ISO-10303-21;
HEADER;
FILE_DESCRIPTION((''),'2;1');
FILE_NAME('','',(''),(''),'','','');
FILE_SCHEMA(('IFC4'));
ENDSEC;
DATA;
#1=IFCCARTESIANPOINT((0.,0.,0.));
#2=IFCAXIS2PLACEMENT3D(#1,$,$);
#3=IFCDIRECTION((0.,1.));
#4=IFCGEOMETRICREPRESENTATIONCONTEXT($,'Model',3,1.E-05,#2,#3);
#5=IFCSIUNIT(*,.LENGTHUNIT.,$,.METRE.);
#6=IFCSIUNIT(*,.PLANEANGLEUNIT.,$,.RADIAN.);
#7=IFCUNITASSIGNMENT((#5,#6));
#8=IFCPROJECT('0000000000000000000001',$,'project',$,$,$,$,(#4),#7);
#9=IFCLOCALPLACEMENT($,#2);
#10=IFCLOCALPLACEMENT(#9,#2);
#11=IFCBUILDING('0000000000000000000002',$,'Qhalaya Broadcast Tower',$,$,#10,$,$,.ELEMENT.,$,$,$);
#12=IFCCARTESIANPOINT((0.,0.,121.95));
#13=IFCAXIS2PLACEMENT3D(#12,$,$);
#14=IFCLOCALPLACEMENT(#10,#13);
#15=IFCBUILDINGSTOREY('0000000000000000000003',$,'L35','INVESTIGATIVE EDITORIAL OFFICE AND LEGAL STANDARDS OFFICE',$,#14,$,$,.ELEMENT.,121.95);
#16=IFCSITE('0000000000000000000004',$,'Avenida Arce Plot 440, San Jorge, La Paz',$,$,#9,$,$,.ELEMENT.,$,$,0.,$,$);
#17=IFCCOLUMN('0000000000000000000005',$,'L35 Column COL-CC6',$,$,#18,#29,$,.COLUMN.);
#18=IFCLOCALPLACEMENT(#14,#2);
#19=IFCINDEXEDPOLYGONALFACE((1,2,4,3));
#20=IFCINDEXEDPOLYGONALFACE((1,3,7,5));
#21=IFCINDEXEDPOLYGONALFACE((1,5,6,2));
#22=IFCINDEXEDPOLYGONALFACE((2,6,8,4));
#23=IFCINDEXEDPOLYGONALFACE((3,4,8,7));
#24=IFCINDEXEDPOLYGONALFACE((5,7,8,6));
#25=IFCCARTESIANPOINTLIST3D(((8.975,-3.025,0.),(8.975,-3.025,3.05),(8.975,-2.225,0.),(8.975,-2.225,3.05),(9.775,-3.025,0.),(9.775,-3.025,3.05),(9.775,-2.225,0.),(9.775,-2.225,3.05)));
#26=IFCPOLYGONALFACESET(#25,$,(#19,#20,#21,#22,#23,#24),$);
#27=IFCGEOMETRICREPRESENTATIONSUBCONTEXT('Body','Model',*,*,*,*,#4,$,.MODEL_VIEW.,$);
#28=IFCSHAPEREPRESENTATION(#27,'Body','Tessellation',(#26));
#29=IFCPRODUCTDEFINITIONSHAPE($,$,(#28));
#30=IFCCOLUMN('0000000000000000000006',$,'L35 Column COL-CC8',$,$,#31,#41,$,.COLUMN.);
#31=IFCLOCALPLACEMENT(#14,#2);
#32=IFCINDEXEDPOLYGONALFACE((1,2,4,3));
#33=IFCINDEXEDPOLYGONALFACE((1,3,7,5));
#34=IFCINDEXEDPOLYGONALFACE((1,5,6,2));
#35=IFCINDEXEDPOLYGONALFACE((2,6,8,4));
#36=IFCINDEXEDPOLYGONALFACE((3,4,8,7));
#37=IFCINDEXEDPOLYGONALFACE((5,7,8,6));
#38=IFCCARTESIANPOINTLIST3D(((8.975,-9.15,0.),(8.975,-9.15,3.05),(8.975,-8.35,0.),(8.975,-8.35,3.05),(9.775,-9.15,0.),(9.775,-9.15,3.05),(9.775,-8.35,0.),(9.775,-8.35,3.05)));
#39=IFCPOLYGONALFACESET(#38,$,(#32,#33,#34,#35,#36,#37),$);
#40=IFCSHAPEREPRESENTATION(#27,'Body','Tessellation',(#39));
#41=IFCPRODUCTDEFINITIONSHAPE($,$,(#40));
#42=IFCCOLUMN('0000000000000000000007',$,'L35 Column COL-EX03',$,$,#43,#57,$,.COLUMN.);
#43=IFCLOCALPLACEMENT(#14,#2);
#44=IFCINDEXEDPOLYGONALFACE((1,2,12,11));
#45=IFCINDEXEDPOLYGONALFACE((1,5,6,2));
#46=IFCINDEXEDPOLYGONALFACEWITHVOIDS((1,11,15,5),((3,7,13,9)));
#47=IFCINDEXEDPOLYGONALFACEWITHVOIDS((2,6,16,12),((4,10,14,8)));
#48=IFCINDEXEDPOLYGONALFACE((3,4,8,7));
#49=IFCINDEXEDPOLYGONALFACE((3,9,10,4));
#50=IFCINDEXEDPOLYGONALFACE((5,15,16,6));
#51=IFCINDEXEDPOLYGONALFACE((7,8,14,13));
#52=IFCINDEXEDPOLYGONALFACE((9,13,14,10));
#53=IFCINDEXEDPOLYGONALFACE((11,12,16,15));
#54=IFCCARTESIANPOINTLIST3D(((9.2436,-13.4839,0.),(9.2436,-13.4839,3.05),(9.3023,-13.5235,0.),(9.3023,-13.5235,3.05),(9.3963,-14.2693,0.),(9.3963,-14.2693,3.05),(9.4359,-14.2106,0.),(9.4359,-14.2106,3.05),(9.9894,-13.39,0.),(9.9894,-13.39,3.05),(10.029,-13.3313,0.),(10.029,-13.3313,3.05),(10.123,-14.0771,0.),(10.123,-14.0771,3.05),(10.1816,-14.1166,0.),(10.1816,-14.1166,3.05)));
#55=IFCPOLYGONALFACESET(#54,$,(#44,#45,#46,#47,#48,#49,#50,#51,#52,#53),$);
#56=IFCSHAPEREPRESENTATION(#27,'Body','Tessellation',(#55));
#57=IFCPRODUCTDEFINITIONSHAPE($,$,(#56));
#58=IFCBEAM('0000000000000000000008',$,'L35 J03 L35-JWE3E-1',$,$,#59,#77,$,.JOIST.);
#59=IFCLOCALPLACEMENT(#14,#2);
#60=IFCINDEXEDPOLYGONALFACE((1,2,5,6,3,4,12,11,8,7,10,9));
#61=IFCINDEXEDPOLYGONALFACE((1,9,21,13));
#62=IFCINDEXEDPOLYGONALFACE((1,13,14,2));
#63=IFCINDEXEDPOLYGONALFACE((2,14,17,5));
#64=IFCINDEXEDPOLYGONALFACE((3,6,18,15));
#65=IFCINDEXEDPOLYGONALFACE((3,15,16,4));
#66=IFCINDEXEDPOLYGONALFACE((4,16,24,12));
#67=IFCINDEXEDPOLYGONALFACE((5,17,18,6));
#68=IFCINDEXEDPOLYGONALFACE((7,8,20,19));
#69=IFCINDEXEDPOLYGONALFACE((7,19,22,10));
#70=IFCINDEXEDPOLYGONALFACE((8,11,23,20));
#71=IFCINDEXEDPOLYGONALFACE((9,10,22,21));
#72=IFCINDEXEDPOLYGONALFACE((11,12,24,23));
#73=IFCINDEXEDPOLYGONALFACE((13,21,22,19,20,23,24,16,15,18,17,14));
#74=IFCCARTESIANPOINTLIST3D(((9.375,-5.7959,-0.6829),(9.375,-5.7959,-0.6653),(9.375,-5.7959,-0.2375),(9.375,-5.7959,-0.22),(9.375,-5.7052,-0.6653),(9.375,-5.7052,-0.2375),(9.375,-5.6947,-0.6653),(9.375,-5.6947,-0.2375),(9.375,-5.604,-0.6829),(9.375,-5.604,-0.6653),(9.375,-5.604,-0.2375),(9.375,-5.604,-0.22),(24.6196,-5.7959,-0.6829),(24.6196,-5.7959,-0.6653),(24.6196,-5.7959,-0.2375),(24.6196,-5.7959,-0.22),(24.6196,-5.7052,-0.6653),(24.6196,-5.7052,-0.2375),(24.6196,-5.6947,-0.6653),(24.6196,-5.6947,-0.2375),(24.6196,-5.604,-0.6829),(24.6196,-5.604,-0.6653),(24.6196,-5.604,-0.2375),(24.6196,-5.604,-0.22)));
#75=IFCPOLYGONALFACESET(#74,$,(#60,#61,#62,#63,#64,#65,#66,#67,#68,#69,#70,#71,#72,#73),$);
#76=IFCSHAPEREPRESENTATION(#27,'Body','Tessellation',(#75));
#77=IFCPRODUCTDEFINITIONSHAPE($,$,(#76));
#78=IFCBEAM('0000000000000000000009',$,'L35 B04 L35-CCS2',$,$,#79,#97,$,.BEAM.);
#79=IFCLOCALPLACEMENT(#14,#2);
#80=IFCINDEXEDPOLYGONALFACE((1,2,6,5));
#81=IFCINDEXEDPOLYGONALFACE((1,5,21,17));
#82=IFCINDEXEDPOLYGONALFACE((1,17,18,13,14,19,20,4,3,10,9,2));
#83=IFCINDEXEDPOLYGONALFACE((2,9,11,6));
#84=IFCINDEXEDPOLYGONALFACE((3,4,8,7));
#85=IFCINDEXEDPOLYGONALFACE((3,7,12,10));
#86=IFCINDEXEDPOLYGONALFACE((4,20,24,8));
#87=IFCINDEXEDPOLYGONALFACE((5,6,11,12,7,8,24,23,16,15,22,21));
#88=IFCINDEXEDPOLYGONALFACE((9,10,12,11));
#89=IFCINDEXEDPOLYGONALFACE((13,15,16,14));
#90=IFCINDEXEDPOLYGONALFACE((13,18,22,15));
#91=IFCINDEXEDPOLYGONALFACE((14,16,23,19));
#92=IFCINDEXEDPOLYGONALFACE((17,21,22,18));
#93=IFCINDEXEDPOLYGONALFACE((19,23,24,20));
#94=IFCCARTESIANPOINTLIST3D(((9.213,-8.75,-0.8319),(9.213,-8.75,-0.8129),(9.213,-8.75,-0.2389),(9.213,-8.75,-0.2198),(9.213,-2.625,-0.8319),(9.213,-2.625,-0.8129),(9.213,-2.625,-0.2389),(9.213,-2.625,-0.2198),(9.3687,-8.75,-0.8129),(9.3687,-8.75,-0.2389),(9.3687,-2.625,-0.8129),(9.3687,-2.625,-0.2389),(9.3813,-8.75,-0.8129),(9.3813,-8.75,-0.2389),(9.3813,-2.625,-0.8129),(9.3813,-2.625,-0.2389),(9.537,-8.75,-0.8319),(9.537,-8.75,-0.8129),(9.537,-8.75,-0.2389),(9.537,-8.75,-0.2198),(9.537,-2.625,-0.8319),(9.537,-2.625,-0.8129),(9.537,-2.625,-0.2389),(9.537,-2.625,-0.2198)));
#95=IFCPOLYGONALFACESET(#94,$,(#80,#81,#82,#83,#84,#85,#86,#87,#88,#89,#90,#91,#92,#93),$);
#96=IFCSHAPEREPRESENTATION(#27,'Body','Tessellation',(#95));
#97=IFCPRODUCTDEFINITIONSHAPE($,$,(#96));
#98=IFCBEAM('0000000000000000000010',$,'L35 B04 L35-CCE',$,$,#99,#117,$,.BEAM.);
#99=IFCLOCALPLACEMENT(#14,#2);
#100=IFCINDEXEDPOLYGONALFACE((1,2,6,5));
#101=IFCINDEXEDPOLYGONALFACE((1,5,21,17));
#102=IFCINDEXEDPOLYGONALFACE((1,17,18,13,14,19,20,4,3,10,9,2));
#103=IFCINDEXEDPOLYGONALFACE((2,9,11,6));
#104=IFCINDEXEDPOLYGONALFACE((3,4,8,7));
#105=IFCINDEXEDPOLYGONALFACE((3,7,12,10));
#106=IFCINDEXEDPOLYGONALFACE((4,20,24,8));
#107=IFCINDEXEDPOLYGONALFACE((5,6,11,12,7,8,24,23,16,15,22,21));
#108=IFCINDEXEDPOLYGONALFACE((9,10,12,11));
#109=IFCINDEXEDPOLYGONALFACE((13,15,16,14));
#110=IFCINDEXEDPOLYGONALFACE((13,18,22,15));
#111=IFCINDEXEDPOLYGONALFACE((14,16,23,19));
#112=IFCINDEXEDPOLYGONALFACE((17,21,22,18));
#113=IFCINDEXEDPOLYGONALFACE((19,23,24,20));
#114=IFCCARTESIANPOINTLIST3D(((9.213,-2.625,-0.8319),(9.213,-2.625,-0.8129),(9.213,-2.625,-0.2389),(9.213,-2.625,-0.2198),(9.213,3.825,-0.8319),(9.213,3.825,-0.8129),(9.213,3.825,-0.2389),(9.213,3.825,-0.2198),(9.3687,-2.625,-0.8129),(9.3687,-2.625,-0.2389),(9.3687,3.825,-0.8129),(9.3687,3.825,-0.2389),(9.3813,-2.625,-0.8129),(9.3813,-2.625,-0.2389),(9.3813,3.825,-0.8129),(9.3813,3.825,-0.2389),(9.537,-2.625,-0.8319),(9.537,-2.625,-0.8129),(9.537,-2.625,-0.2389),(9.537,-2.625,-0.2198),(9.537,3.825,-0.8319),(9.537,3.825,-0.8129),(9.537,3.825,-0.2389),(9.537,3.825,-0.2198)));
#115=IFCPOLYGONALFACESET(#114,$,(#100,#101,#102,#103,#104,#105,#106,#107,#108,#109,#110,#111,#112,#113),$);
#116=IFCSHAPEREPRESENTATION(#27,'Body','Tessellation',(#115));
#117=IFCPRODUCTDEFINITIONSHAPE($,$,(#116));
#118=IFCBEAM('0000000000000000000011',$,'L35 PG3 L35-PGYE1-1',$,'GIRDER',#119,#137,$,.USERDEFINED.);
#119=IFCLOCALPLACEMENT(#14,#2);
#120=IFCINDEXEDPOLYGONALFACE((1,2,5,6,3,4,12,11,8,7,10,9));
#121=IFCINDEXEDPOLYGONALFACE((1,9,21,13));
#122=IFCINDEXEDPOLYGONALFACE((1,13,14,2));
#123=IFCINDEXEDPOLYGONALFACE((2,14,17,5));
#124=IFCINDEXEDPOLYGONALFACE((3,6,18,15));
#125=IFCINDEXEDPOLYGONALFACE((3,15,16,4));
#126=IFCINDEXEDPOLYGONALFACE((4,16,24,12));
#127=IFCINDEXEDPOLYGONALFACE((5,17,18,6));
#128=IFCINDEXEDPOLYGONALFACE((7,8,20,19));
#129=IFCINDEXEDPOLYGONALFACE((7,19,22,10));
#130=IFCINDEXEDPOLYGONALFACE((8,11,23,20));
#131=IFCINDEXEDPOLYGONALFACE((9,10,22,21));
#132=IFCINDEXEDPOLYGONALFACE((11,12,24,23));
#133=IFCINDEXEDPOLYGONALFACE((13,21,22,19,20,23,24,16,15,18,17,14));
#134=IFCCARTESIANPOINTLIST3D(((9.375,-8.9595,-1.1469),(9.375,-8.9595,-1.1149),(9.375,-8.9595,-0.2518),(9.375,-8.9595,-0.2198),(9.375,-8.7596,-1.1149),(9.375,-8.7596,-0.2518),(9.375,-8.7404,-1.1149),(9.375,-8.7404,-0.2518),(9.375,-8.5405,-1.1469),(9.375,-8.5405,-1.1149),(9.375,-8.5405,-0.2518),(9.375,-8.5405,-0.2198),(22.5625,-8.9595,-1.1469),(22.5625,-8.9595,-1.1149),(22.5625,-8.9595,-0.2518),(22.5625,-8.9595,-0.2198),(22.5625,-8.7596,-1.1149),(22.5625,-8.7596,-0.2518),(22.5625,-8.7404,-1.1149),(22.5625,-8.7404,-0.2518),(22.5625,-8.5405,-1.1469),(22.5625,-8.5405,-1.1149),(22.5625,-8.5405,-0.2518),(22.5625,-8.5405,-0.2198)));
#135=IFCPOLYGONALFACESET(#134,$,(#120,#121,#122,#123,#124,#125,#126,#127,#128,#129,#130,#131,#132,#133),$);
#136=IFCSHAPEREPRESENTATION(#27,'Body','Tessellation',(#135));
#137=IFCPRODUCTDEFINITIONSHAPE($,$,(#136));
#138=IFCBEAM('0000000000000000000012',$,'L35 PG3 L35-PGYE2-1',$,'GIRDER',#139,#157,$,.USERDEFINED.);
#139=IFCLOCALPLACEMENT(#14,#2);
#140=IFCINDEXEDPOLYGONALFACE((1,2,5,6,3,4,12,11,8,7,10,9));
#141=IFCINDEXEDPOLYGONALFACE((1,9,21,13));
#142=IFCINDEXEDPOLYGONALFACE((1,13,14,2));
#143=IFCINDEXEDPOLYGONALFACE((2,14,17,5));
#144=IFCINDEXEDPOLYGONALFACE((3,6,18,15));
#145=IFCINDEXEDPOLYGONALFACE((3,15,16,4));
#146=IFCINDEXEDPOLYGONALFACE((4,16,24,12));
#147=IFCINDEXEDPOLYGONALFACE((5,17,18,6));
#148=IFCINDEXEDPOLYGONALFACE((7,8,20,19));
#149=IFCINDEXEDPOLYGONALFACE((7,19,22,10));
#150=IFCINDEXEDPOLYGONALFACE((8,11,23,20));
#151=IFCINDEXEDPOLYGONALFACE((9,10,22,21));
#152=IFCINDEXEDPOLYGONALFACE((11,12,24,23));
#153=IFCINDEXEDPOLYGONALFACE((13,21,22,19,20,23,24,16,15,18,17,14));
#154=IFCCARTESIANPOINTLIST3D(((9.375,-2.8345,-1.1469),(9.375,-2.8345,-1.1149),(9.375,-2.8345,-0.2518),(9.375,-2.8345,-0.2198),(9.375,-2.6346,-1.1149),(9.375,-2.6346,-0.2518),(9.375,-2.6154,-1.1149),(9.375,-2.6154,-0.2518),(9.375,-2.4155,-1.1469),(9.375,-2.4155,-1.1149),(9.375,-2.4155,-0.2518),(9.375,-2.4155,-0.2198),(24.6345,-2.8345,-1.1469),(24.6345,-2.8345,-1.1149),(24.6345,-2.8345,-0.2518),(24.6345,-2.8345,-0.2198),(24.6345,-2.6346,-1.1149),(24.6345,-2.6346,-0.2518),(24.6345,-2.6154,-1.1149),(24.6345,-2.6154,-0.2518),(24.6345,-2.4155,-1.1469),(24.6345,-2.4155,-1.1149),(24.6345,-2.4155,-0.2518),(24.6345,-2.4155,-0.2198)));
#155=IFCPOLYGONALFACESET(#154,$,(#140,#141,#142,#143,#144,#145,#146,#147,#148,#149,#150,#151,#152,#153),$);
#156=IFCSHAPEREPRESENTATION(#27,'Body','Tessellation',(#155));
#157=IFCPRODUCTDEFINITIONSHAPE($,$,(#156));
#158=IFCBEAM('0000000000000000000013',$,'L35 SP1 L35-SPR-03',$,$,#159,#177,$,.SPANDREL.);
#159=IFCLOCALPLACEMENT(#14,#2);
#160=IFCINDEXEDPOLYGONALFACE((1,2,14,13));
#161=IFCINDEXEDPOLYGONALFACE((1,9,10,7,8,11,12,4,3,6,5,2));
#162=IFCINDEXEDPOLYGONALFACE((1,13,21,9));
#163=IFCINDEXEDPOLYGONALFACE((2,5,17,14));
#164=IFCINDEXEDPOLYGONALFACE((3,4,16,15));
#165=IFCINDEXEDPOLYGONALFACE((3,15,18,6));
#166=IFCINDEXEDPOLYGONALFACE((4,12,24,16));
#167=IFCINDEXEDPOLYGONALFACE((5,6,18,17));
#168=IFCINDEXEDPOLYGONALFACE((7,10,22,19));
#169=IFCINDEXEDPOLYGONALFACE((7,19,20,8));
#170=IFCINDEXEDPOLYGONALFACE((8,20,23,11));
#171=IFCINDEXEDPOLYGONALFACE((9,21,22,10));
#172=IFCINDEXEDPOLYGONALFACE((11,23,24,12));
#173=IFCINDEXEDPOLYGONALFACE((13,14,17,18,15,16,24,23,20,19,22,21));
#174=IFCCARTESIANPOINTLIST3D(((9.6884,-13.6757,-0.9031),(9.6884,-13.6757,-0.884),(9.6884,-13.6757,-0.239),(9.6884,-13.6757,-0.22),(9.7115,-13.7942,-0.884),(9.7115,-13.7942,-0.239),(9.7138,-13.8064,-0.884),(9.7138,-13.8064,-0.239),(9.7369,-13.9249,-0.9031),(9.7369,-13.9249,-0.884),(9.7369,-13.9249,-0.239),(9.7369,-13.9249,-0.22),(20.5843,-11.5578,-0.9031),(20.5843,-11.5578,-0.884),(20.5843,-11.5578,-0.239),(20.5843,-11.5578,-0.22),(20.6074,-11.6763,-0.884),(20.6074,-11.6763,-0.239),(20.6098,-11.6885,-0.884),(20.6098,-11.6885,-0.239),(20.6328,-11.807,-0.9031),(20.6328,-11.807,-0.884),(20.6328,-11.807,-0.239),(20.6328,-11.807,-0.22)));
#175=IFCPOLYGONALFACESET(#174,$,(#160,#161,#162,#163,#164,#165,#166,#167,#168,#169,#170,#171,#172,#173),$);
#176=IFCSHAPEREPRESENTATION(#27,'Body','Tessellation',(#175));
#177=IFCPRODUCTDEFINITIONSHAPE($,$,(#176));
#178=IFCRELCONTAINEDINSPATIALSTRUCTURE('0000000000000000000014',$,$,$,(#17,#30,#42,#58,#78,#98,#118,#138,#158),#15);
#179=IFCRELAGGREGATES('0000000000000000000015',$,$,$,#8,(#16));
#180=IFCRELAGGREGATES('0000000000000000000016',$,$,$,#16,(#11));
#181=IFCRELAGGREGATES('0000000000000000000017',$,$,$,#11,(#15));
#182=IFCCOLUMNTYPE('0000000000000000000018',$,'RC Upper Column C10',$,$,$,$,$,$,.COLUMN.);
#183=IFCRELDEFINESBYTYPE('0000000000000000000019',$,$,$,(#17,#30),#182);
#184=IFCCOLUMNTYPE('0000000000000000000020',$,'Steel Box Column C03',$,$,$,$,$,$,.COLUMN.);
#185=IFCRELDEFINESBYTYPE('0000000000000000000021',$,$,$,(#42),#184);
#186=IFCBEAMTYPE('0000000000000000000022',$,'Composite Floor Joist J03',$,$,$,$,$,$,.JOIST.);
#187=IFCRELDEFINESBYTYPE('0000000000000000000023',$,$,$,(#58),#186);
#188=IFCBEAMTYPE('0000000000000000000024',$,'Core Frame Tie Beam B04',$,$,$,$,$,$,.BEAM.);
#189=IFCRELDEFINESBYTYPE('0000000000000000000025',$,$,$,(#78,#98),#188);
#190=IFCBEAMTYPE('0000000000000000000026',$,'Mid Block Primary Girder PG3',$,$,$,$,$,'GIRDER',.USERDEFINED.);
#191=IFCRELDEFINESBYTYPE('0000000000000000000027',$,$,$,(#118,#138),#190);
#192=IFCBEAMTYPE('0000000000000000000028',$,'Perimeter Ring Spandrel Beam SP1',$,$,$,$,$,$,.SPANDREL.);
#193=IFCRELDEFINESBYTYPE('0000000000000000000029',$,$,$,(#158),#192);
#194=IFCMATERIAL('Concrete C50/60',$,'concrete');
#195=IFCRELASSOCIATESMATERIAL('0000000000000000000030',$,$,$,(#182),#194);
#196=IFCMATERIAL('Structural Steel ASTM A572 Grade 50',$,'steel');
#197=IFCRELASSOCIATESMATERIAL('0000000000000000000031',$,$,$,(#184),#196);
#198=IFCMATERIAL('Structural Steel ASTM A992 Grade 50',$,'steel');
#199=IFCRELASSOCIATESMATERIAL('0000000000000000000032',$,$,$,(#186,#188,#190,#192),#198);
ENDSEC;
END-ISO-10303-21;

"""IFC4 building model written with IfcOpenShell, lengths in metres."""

from ifc_helpers import new_model, si_unit, direction, frame, origin, origin_2d, place, context, subcontext, project, spatial, rectangle, hollow_rectangle, i_section, extrude, material, material_profile, profile_set, type_object, element, save


model = new_model("IFC4")

# Units and contexts
model_context = context("Model", 3, precision=1e-05, world=origin(), true_north=direction((0.0, 1.0)))
body_context = subcontext(model_context, "Body", "Model", "MODEL_VIEW")
ifc_project = project(units=[si_unit("LENGTHUNIT", "METRE"), si_unit("PLANEANGLEUNIT", "RADIAN")], contexts=[model_context])

# Site, building, storey
site_placement = place(None, origin())
site = spatial("IfcSite", under=ifc_project, at=site_placement, Name="Avenida Arce Plot 440, San Jorge, La Paz", CompositionType="ELEMENT", RefElevation=0.0)
building_placement = place(site_placement, origin())
building = spatial("IfcBuilding", under=site, at=building_placement, Name="Qhalaya Broadcast Tower", CompositionType="ELEMENT")
storey_placement = place(building_placement, frame((0.0, 0.0, 121.95)))
storey = spatial("IfcBuildingStorey", under=building, at=storey_placement, Name="L35", Description="INVESTIGATIVE EDITORIAL OFFICE AND LEGAL STANDARDS OFFICE", CompositionType="ELEMENT", Elevation=121.95)

# Columns
ifc_material_1 = material(Name="Concrete C50/60", Category="concrete")
ifc_material_profile_1 = material_profile(ifc_material_1, rectangle(XDim=0.8, YDim=0.8, at=origin_2d()), Name="RC-COL 800x800")
ifc_profile_set_1 = profile_set([ifc_material_profile_1], Name="Concrete C50/60")
column_type_1 = type_object("IfcColumnType", Name="RC Upper Column C10", PredefinedType="COLUMN", material=ifc_profile_set_1)
for number, where, z_axis, x_axis, name in (
    (1, (9.375, -2.625, 0.0), (0.0, 0.0, 1.0), (1.0, 0.0, 0.0), "L35 Column COL-CC6"),
    (2, (9.375, -8.75, 0.0), (0.0, 0.0, 1.0), (1.0, 0.0, 0.0), "L35 Column COL-CC8"),
):
    element("IfcColumn", number, at=place(storey_placement, frame(where, z_axis=z_axis, x_axis=x_axis)), inside=storey, type_object=column_type_1, Name=name, PredefinedType="COLUMN", context=body_context, shape_type="SweptSolid", body=[
        extrude(rectangle(XDim=0.8, YDim=0.8, at=origin_2d()), origin(), (0.0, 0.0, 1.0), 3.05),
    ])
ifc_material_2 = material(Name="Structural Steel ASTM A572 Grade 50", Category="steel")
ifc_material_profile_2 = material_profile(ifc_material_2, hollow_rectangle(XDim=0.8, YDim=0.8, WallThickness=0.05, at=origin_2d()), Name="BOX 800x800x50")
ifc_profile_set_2 = profile_set([ifc_material_profile_2], Name="Structural Steel ASTM A572 Grade 50")
column_type_2 = type_object("IfcColumnType", Name="Steel Box Column C03", PredefinedType="COLUMN", material=ifc_profile_set_2)
column_placement = place(storey_placement, frame((9.7126, -13.8003, 0.0), z_axis=(0.0, 0.0, 1.0), x_axis=(0.981627, 0.190809, 0.0)))
element("IfcColumn", 3, at=column_placement, inside=storey, type_object=column_type_2, Name="L35 Column COL-EX03", PredefinedType="COLUMN", context=body_context, shape_type="SweptSolid", body=[
    extrude(hollow_rectangle(XDim=0.8, YDim=0.8, WallThickness=0.05, at=origin_2d()), origin(), (0.0, 0.0, 1.0), 3.05),
])

# Beams
ifc_material_3 = material(Name="Structural Steel ASTM A992 Grade 50", Category="steel")
ifc_material_profile_3 = material_profile(ifc_material_3, i_section(OverallWidth=0.1919, OverallDepth=0.4629, WebThickness=0.0105, FlangeThickness=0.0176, at=origin_2d()), Name="W18X60")
ifc_profile_set_3 = profile_set([ifc_material_profile_3], Name="Structural Steel ASTM A992 Grade 50")
beam_type_1 = type_object("IfcBeamType", Name="Composite Floor Joist J03", PredefinedType="JOIST", material=ifc_profile_set_3)
beam_1_placement = place(storey_placement, frame((9.375, -5.7, -0.4514), z_axis=(1.0, 0.0, 0.0), x_axis=(0.0, 1.0, 0.0)))
element("IfcBeam", 4, at=beam_1_placement, inside=storey, type_object=beam_type_1, Name="L35 J03 L35-JWE3E-1", PredefinedType="JOIST", context=body_context, shape_type="SweptSolid", body=[
    extrude(i_section(OverallWidth=0.1919, OverallDepth=0.4629, WebThickness=0.0105, FlangeThickness=0.0176, at=origin_2d()), origin(), (0.0, 0.0, 1.0), 15.2446),
])
ifc_material_profile_4 = material_profile(ifc_material_3, i_section(OverallWidth=0.324, OverallDepth=0.6121, WebThickness=0.0127, FlangeThickness=0.019, at=origin_2d()), Name="W24X104")
ifc_profile_set_4 = profile_set([ifc_material_profile_4], Name="Structural Steel ASTM A992 Grade 50")
beam_type_2 = type_object("IfcBeamType", Name="Core Frame Tie Beam B04", PredefinedType="BEAM", material=ifc_profile_set_4)
beam_2_placement = place(storey_placement, frame((9.375, -8.75, -0.5259), z_axis=(0.0, 1.0, 0.0), x_axis=(-1.0, 0.0, 0.0)))
element("IfcBeam", 5, at=beam_2_placement, inside=storey, type_object=beam_type_2, Name="L35 B04 L35-CCS2", PredefinedType="BEAM", context=body_context, shape_type="SweptSolid", body=[
    extrude(i_section(OverallWidth=0.324, OverallDepth=0.6121, WebThickness=0.0127, FlangeThickness=0.019, at=origin_2d()), origin(), (0.0, 0.0, 1.0), 6.125),
])
beam_3_placement = place(storey_placement, frame((9.375, -2.625, -0.5259), z_axis=(0.0, 1.0, 0.0), x_axis=(-1.0, 0.0, 0.0)))
element("IfcBeam", 6, at=beam_3_placement, inside=storey, type_object=beam_type_2, Name="L35 B04 L35-CCE", PredefinedType="BEAM", context=body_context, shape_type="SweptSolid", body=[
    extrude(i_section(OverallWidth=0.324, OverallDepth=0.6121, WebThickness=0.0127, FlangeThickness=0.019, at=origin_2d()), origin(), (0.0, 0.0, 1.0), 6.45),
])
ifc_material_profile_5 = material_profile(ifc_material_3, i_section(OverallWidth=0.4189, OverallDepth=0.927, WebThickness=0.0193, FlangeThickness=0.032, at=origin_2d()), Name="W36X231")
ifc_profile_set_5 = profile_set([ifc_material_profile_5], Name="Structural Steel ASTM A992 Grade 50")
beam_type_3 = type_object("IfcBeamType", Name="Mid Block Primary Girder PG3", ElementType="GIRDER", PredefinedType="USERDEFINED", material=ifc_profile_set_5)
beam_4_placement = place(storey_placement, frame((9.375, -8.75, -0.6833), z_axis=(1.0, 0.0, 0.0), x_axis=(0.0, 1.0, 0.0)))
element("IfcBeam", 7, at=beam_4_placement, inside=storey, type_object=beam_type_3, Name="L35 PG3 L35-PGYE1-1", ObjectType="GIRDER", PredefinedType="USERDEFINED", context=body_context, shape_type="SweptSolid", body=[
    extrude(i_section(OverallWidth=0.4189, OverallDepth=0.927, WebThickness=0.0193, FlangeThickness=0.032, at=origin_2d()), origin(), (0.0, 0.0, 1.0), 13.1875),
])
beam_5_placement = place(storey_placement, frame((9.375, -2.625, -0.6833), z_axis=(1.0, 0.0, 0.0), x_axis=(0.0, 1.0, 0.0)))
element("IfcBeam", 8, at=beam_5_placement, inside=storey, type_object=beam_type_3, Name="L35 PG3 L35-PGYE2-1", ObjectType="GIRDER", PredefinedType="USERDEFINED", context=body_context, shape_type="SweptSolid", body=[
    extrude(i_section(OverallWidth=0.4189, OverallDepth=0.927, WebThickness=0.0193, FlangeThickness=0.032, at=origin_2d()), origin(), (0.0, 0.0, 1.0), 15.2595),
])
ifc_material_profile_6 = material_profile(ifc_material_3, i_section(OverallWidth=0.2539, OverallDepth=0.6831, WebThickness=0.0125, FlangeThickness=0.019, at=origin_2d()), Name="W27X94")
ifc_profile_set_6 = profile_set([ifc_material_profile_6], Name="Structural Steel ASTM A992 Grade 50")
beam_type_4 = type_object("IfcBeamType", Name="Perimeter Ring Spandrel Beam SP1", PredefinedType="SPANDREL", material=ifc_profile_set_6)
beam_6_placement = place(storey_placement, frame((9.7126, -13.8003, -0.5615), z_axis=(0.981628, 0.190805, 0.0), x_axis=(-0.190805, 0.981628, 0.0)))
element("IfcBeam", 9, at=beam_6_placement, inside=storey, type_object=beam_type_4, Name="L35 SP1 L35-SPR-03", PredefinedType="SPANDREL", context=body_context, shape_type="SweptSolid", body=[
    extrude(i_section(OverallWidth=0.2539, OverallDepth=0.6831, WebThickness=0.0125, FlangeThickness=0.019, at=origin_2d()), origin(), (0.0, 0.0, 1.0), 11.0999),
])

save(model, "model.ifc")
